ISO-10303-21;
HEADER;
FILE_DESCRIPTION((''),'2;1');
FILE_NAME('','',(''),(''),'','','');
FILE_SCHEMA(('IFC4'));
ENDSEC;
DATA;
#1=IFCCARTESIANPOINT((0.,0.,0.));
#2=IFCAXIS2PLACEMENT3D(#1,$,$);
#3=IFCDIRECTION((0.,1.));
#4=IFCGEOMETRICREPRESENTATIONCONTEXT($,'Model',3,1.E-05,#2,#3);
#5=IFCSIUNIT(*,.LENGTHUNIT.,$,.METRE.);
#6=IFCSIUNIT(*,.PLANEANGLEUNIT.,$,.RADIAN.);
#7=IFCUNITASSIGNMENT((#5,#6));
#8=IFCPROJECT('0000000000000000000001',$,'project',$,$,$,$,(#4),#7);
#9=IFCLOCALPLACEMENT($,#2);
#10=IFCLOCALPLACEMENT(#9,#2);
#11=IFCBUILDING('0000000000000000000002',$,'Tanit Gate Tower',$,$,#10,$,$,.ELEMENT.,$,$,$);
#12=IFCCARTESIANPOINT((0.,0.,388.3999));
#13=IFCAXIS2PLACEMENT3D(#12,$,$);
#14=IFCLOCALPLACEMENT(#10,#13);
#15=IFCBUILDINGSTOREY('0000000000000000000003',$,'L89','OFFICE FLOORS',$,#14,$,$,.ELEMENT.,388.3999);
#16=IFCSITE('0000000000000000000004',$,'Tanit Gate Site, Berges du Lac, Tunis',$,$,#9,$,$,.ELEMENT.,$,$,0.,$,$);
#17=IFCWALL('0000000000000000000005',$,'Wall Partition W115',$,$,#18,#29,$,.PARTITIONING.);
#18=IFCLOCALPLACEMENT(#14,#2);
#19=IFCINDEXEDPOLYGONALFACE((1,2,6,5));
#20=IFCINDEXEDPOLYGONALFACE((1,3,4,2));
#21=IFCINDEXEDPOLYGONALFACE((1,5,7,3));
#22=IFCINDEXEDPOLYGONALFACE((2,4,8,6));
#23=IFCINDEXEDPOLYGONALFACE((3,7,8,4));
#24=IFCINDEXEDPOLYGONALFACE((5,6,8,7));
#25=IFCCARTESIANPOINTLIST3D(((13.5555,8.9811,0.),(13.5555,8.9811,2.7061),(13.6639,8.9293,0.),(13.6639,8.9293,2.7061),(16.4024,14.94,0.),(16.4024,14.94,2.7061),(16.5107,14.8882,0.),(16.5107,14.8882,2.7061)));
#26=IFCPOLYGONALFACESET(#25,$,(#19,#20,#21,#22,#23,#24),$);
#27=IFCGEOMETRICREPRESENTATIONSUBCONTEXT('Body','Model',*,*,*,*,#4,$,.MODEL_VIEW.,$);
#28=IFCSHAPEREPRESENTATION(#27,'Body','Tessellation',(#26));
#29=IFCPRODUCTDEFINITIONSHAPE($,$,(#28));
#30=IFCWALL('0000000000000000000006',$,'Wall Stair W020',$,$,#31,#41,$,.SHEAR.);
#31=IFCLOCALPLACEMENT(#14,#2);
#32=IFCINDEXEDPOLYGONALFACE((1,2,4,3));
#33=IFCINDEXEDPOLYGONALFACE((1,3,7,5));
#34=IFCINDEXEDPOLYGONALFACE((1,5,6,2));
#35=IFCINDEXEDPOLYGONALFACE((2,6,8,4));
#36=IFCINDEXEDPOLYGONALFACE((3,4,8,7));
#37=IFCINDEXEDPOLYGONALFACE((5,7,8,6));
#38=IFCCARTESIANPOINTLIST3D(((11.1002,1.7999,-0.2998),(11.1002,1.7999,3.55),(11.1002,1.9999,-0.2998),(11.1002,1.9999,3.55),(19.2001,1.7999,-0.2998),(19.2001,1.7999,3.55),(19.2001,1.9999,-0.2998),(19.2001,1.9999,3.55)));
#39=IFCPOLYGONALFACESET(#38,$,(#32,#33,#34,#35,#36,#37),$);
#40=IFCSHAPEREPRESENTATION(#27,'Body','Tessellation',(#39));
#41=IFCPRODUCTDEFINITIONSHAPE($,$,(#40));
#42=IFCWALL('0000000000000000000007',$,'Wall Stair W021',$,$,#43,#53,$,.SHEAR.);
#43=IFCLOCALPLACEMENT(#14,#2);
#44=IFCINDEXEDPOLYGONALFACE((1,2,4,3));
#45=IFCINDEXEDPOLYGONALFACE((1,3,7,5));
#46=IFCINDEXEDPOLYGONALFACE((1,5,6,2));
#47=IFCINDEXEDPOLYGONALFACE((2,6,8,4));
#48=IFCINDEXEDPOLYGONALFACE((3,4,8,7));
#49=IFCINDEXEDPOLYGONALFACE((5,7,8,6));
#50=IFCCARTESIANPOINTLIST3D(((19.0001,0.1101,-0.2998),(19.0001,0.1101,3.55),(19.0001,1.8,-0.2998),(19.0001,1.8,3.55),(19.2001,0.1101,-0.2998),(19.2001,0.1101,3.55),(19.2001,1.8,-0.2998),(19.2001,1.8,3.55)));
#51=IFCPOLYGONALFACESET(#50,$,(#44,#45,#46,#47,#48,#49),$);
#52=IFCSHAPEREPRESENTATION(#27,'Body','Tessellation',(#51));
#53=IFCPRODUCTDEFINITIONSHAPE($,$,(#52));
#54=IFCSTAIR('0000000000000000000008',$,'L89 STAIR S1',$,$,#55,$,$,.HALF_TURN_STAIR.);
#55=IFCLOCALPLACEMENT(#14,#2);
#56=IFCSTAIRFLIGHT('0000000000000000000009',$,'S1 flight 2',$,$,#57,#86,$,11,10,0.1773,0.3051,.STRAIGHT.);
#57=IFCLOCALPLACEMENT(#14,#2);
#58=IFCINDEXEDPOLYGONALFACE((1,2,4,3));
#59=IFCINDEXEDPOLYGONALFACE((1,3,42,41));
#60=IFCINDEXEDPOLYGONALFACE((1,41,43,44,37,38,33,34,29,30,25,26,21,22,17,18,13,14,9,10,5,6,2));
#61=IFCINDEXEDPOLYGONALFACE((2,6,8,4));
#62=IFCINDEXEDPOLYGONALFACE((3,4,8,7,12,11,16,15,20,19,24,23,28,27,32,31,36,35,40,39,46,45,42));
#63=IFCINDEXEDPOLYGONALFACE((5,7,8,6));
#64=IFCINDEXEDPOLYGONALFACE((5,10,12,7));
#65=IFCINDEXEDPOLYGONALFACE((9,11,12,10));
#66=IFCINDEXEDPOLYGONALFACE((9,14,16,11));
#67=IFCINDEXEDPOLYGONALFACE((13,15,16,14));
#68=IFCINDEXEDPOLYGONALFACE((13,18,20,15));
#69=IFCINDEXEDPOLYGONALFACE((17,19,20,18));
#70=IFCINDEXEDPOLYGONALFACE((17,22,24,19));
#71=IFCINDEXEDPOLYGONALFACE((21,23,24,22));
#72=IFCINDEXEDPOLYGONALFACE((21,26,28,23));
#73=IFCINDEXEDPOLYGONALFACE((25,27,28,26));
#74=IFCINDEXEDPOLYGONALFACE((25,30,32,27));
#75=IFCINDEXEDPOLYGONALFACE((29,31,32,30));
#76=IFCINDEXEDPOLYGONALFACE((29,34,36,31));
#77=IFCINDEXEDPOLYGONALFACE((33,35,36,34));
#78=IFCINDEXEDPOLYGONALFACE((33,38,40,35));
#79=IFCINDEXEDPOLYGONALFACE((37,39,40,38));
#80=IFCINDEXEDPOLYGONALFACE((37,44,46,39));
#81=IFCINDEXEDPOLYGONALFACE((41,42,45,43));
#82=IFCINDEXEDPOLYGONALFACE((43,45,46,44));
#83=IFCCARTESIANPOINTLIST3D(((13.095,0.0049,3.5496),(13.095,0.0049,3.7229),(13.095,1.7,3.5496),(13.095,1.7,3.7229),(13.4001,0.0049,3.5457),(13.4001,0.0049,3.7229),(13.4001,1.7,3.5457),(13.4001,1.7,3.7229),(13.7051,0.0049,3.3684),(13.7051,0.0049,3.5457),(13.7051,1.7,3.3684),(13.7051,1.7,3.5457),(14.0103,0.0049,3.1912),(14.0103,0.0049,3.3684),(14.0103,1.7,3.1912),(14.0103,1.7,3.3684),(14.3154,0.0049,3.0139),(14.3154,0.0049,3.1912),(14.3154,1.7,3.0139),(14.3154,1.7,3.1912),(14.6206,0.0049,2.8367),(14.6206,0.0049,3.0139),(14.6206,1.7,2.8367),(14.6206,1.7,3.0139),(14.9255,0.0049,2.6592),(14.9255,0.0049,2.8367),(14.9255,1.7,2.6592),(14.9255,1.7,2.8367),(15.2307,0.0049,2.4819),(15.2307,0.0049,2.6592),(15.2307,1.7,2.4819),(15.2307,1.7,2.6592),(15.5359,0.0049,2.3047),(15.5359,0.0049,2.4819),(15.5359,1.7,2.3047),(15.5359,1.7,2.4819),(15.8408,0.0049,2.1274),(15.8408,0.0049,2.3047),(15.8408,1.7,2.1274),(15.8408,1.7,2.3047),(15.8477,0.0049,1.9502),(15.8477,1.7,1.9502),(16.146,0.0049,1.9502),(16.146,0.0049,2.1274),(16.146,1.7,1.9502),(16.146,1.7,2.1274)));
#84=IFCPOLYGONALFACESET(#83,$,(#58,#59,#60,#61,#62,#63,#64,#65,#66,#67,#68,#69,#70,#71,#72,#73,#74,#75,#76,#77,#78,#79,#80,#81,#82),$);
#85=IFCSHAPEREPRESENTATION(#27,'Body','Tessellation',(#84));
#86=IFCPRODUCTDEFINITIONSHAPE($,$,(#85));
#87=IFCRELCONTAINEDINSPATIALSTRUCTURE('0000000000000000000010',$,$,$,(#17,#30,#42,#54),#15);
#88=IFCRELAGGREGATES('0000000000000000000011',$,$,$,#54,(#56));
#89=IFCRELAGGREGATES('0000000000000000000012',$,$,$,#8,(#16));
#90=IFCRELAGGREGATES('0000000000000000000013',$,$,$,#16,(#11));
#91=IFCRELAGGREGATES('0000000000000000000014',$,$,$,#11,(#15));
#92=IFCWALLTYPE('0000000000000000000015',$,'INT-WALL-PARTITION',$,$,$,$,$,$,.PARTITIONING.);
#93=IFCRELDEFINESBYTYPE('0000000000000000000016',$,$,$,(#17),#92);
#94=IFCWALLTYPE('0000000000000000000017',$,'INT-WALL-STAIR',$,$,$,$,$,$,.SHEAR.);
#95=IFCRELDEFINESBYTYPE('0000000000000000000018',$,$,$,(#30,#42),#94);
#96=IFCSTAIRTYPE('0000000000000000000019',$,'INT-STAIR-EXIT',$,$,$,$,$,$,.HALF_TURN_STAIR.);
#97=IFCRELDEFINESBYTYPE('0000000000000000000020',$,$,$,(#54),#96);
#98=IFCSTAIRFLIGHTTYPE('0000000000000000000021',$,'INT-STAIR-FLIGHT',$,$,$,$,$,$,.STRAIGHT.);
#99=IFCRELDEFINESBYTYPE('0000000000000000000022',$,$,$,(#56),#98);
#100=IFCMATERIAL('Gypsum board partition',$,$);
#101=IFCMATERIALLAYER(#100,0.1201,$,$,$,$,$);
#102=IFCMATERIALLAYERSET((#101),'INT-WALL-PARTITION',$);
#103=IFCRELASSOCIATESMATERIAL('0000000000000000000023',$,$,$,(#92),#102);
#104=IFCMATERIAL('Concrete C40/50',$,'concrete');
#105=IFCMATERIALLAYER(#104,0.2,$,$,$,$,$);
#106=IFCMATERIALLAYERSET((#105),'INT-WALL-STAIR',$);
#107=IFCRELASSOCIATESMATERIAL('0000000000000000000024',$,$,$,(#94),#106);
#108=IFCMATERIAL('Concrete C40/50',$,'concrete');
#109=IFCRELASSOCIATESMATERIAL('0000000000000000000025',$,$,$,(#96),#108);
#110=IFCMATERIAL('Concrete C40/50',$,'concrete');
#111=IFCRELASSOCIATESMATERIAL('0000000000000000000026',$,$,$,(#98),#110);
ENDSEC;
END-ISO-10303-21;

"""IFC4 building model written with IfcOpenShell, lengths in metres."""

from ifc_helpers import new_model, si_unit, direction, frame, frame_2d, origin, place, context, subcontext, project, spatial, polyline, rectangle, outline, extrude, material, layer, layer_set, type_object, element, aggregate, save


model = new_model("IFC4")

# Units and contexts
model_context = context("Model", 3, precision=1e-05, world=origin(), true_north=direction((0.0, 1.0)))
body_context = subcontext(model_context, "Body", "Model", "MODEL_VIEW")
ifc_project = project(units=[si_unit("LENGTHUNIT", "METRE"), si_unit("PLANEANGLEUNIT", "RADIAN")], contexts=[model_context])

# Site, building, storey
site_placement = place(None, origin())
site = spatial("IfcSite", under=ifc_project, at=site_placement, Name="Tanit Gate Site, Berges du Lac, Tunis", CompositionType="ELEMENT", RefElevation=0.0)
building_placement = place(site_placement, origin())
building = spatial("IfcBuilding", under=site, at=building_placement, Name="Tanit Gate Tower", CompositionType="ELEMENT")
storey_placement = place(building_placement, frame((0.0, 0.0, 388.3999)))
storey = spatial("IfcBuildingStorey", under=building, at=storey_placement, Name="L89", Description="OFFICE FLOORS", CompositionType="ELEMENT", Elevation=388.3999)

# Shared definitions
ifc_material_1 = material(Name="Gypsum board partition")
ifc_layer_1 = layer(ifc_material_1, 0.1201)
ifc_layer_set_1 = layer_set([ifc_layer_1], Name="INT-WALL-PARTITION")
wall_type_1 = type_object("IfcWallType", Name="INT-WALL-PARTITION", PredefinedType="PARTITIONING", material=ifc_layer_set_1)

# Walls
wall_1_placement = place(storey_placement, frame((16.4565, 14.9141, 0.0), z_axis=(0.0, 0.0, 1.0), x_axis=(-0.431083, -0.902312, 0.0)))
element("IfcWall", 1, at=wall_1_placement, inside=storey, type_object=wall_type_1, Name="Wall Partition W115", PredefinedType="PARTITIONING", context=body_context, shape_type="SweptSolid", body=[
    extrude(rectangle(XDim=6.604, YDim=0.1201, at=frame_2d((3.302, 0.0))), origin(), (0.0, 0.0, 1.0), 2.7061),
])
ifc_material_2 = material(Name="Concrete C40/50", Category="concrete")
ifc_layer_2 = layer(ifc_material_2, 0.2)
ifc_layer_set_2 = layer_set([ifc_layer_2], Name="INT-WALL-STAIR")
wall_type_2 = type_object("IfcWallType", Name="INT-WALL-STAIR", PredefinedType="SHEAR", material=ifc_layer_set_2)
wall_2_placement = place(storey_placement, frame((19.2, 1.8999, -0.2998), z_axis=(0.0, 0.0, 1.0), x_axis=(-1.0, 0.0, 0.0)))
element("IfcWall", 2, at=wall_2_placement, inside=storey, type_object=wall_type_2, Name="Wall Stair W020", PredefinedType="SHEAR", context=body_context, shape_type="SweptSolid", body=[
    extrude(rectangle(XDim=8.0999, YDim=0.2, at=frame_2d((4.0498, 0.0))), origin(), (0.0, 0.0, 1.0), 3.8499),
])
wall_3_placement = place(storey_placement, frame((19.1001, 0.1101, -0.2998), z_axis=(0.0, 0.0, 1.0), x_axis=(0.0, 1.0, 0.0)))
element("IfcWall", 3, at=wall_3_placement, inside=storey, type_object=wall_type_2, Name="Wall Stair W021", PredefinedType="SHEAR", context=body_context, shape_type="SweptSolid", body=[
    extrude(rectangle(XDim=1.6899, YDim=0.2, at=frame_2d((0.845, 0.0))), origin(), (0.0, 0.0, 1.0), 3.8499),
])

# Stair, stair flight
ifc_material_3 = material(Name="Concrete C40/50", Category="concrete")
stair_type = type_object("IfcStairType", Name="INT-STAIR-EXIT", PredefinedType="HALF_TURN_STAIR", material=ifc_material_3)
stair_placement = place(storey_placement, origin())
stair = element("IfcStair", 4, at=stair_placement, inside=storey, type_object=stair_type, Name="L89 STAIR S1", PredefinedType="HALF_TURN_STAIR")
ifc_material_4 = material(Name="Concrete C40/50", Category="concrete")
stair_flight_type = type_object("IfcStairFlightType", Name="INT-STAIR-FLIGHT", PredefinedType="STRAIGHT", material=ifc_material_4)
stair_flight_placement = place(storey_placement, frame((16.146, 0.8525, 1.9502), z_axis=(0.0, 0.0, 1.0), x_axis=(-1.0, 0.0, 0.0)))
stair_flight = element("IfcStairFlight", 5, at=stair_flight_placement, type_object=stair_flight_type, Name="S1 flight 2", NumberOfRisers=11, NumberOfTreads=10, PredefinedType="STRAIGHT", RiserHeight=0.1773, TreadLength=0.3051, context=body_context, shape_type="SweptSolid", body=[
    extrude(outline(polyline([(0.0, 0.0), (0.0, 0.1772), (0.3052, 0.1772), (0.3052, 0.3545), (0.6101, 0.3545), (0.6101, 0.5317), (0.9153, 0.5317), (0.9153, 0.709), (1.2205, 0.709), (1.2205, 0.8865), (1.5254, 0.8865), (1.5254, 1.0637), (1.8306, 1.0637), (1.8306, 1.241), (2.1357, 1.241), (2.1357, 1.4182), (2.4409, 1.4182), (2.4409, 1.5955), (2.7458, 1.5955), (2.7458, 1.7727), (3.051, 1.7727), (3.051, 1.95), (3.051, 1.5994), (0.2983, 0.0), (0.0, 0.0)])), frame((0.0, 0.8477, 0.0), z_axis=(0.0, -1.0, 0.0), x_axis=(1.0, 0.0, 0.0)), (0.0, 0.0, 1.0), 1.6951),
])
aggregate(stair, [stair_flight])

save(model, "model.ifc")
